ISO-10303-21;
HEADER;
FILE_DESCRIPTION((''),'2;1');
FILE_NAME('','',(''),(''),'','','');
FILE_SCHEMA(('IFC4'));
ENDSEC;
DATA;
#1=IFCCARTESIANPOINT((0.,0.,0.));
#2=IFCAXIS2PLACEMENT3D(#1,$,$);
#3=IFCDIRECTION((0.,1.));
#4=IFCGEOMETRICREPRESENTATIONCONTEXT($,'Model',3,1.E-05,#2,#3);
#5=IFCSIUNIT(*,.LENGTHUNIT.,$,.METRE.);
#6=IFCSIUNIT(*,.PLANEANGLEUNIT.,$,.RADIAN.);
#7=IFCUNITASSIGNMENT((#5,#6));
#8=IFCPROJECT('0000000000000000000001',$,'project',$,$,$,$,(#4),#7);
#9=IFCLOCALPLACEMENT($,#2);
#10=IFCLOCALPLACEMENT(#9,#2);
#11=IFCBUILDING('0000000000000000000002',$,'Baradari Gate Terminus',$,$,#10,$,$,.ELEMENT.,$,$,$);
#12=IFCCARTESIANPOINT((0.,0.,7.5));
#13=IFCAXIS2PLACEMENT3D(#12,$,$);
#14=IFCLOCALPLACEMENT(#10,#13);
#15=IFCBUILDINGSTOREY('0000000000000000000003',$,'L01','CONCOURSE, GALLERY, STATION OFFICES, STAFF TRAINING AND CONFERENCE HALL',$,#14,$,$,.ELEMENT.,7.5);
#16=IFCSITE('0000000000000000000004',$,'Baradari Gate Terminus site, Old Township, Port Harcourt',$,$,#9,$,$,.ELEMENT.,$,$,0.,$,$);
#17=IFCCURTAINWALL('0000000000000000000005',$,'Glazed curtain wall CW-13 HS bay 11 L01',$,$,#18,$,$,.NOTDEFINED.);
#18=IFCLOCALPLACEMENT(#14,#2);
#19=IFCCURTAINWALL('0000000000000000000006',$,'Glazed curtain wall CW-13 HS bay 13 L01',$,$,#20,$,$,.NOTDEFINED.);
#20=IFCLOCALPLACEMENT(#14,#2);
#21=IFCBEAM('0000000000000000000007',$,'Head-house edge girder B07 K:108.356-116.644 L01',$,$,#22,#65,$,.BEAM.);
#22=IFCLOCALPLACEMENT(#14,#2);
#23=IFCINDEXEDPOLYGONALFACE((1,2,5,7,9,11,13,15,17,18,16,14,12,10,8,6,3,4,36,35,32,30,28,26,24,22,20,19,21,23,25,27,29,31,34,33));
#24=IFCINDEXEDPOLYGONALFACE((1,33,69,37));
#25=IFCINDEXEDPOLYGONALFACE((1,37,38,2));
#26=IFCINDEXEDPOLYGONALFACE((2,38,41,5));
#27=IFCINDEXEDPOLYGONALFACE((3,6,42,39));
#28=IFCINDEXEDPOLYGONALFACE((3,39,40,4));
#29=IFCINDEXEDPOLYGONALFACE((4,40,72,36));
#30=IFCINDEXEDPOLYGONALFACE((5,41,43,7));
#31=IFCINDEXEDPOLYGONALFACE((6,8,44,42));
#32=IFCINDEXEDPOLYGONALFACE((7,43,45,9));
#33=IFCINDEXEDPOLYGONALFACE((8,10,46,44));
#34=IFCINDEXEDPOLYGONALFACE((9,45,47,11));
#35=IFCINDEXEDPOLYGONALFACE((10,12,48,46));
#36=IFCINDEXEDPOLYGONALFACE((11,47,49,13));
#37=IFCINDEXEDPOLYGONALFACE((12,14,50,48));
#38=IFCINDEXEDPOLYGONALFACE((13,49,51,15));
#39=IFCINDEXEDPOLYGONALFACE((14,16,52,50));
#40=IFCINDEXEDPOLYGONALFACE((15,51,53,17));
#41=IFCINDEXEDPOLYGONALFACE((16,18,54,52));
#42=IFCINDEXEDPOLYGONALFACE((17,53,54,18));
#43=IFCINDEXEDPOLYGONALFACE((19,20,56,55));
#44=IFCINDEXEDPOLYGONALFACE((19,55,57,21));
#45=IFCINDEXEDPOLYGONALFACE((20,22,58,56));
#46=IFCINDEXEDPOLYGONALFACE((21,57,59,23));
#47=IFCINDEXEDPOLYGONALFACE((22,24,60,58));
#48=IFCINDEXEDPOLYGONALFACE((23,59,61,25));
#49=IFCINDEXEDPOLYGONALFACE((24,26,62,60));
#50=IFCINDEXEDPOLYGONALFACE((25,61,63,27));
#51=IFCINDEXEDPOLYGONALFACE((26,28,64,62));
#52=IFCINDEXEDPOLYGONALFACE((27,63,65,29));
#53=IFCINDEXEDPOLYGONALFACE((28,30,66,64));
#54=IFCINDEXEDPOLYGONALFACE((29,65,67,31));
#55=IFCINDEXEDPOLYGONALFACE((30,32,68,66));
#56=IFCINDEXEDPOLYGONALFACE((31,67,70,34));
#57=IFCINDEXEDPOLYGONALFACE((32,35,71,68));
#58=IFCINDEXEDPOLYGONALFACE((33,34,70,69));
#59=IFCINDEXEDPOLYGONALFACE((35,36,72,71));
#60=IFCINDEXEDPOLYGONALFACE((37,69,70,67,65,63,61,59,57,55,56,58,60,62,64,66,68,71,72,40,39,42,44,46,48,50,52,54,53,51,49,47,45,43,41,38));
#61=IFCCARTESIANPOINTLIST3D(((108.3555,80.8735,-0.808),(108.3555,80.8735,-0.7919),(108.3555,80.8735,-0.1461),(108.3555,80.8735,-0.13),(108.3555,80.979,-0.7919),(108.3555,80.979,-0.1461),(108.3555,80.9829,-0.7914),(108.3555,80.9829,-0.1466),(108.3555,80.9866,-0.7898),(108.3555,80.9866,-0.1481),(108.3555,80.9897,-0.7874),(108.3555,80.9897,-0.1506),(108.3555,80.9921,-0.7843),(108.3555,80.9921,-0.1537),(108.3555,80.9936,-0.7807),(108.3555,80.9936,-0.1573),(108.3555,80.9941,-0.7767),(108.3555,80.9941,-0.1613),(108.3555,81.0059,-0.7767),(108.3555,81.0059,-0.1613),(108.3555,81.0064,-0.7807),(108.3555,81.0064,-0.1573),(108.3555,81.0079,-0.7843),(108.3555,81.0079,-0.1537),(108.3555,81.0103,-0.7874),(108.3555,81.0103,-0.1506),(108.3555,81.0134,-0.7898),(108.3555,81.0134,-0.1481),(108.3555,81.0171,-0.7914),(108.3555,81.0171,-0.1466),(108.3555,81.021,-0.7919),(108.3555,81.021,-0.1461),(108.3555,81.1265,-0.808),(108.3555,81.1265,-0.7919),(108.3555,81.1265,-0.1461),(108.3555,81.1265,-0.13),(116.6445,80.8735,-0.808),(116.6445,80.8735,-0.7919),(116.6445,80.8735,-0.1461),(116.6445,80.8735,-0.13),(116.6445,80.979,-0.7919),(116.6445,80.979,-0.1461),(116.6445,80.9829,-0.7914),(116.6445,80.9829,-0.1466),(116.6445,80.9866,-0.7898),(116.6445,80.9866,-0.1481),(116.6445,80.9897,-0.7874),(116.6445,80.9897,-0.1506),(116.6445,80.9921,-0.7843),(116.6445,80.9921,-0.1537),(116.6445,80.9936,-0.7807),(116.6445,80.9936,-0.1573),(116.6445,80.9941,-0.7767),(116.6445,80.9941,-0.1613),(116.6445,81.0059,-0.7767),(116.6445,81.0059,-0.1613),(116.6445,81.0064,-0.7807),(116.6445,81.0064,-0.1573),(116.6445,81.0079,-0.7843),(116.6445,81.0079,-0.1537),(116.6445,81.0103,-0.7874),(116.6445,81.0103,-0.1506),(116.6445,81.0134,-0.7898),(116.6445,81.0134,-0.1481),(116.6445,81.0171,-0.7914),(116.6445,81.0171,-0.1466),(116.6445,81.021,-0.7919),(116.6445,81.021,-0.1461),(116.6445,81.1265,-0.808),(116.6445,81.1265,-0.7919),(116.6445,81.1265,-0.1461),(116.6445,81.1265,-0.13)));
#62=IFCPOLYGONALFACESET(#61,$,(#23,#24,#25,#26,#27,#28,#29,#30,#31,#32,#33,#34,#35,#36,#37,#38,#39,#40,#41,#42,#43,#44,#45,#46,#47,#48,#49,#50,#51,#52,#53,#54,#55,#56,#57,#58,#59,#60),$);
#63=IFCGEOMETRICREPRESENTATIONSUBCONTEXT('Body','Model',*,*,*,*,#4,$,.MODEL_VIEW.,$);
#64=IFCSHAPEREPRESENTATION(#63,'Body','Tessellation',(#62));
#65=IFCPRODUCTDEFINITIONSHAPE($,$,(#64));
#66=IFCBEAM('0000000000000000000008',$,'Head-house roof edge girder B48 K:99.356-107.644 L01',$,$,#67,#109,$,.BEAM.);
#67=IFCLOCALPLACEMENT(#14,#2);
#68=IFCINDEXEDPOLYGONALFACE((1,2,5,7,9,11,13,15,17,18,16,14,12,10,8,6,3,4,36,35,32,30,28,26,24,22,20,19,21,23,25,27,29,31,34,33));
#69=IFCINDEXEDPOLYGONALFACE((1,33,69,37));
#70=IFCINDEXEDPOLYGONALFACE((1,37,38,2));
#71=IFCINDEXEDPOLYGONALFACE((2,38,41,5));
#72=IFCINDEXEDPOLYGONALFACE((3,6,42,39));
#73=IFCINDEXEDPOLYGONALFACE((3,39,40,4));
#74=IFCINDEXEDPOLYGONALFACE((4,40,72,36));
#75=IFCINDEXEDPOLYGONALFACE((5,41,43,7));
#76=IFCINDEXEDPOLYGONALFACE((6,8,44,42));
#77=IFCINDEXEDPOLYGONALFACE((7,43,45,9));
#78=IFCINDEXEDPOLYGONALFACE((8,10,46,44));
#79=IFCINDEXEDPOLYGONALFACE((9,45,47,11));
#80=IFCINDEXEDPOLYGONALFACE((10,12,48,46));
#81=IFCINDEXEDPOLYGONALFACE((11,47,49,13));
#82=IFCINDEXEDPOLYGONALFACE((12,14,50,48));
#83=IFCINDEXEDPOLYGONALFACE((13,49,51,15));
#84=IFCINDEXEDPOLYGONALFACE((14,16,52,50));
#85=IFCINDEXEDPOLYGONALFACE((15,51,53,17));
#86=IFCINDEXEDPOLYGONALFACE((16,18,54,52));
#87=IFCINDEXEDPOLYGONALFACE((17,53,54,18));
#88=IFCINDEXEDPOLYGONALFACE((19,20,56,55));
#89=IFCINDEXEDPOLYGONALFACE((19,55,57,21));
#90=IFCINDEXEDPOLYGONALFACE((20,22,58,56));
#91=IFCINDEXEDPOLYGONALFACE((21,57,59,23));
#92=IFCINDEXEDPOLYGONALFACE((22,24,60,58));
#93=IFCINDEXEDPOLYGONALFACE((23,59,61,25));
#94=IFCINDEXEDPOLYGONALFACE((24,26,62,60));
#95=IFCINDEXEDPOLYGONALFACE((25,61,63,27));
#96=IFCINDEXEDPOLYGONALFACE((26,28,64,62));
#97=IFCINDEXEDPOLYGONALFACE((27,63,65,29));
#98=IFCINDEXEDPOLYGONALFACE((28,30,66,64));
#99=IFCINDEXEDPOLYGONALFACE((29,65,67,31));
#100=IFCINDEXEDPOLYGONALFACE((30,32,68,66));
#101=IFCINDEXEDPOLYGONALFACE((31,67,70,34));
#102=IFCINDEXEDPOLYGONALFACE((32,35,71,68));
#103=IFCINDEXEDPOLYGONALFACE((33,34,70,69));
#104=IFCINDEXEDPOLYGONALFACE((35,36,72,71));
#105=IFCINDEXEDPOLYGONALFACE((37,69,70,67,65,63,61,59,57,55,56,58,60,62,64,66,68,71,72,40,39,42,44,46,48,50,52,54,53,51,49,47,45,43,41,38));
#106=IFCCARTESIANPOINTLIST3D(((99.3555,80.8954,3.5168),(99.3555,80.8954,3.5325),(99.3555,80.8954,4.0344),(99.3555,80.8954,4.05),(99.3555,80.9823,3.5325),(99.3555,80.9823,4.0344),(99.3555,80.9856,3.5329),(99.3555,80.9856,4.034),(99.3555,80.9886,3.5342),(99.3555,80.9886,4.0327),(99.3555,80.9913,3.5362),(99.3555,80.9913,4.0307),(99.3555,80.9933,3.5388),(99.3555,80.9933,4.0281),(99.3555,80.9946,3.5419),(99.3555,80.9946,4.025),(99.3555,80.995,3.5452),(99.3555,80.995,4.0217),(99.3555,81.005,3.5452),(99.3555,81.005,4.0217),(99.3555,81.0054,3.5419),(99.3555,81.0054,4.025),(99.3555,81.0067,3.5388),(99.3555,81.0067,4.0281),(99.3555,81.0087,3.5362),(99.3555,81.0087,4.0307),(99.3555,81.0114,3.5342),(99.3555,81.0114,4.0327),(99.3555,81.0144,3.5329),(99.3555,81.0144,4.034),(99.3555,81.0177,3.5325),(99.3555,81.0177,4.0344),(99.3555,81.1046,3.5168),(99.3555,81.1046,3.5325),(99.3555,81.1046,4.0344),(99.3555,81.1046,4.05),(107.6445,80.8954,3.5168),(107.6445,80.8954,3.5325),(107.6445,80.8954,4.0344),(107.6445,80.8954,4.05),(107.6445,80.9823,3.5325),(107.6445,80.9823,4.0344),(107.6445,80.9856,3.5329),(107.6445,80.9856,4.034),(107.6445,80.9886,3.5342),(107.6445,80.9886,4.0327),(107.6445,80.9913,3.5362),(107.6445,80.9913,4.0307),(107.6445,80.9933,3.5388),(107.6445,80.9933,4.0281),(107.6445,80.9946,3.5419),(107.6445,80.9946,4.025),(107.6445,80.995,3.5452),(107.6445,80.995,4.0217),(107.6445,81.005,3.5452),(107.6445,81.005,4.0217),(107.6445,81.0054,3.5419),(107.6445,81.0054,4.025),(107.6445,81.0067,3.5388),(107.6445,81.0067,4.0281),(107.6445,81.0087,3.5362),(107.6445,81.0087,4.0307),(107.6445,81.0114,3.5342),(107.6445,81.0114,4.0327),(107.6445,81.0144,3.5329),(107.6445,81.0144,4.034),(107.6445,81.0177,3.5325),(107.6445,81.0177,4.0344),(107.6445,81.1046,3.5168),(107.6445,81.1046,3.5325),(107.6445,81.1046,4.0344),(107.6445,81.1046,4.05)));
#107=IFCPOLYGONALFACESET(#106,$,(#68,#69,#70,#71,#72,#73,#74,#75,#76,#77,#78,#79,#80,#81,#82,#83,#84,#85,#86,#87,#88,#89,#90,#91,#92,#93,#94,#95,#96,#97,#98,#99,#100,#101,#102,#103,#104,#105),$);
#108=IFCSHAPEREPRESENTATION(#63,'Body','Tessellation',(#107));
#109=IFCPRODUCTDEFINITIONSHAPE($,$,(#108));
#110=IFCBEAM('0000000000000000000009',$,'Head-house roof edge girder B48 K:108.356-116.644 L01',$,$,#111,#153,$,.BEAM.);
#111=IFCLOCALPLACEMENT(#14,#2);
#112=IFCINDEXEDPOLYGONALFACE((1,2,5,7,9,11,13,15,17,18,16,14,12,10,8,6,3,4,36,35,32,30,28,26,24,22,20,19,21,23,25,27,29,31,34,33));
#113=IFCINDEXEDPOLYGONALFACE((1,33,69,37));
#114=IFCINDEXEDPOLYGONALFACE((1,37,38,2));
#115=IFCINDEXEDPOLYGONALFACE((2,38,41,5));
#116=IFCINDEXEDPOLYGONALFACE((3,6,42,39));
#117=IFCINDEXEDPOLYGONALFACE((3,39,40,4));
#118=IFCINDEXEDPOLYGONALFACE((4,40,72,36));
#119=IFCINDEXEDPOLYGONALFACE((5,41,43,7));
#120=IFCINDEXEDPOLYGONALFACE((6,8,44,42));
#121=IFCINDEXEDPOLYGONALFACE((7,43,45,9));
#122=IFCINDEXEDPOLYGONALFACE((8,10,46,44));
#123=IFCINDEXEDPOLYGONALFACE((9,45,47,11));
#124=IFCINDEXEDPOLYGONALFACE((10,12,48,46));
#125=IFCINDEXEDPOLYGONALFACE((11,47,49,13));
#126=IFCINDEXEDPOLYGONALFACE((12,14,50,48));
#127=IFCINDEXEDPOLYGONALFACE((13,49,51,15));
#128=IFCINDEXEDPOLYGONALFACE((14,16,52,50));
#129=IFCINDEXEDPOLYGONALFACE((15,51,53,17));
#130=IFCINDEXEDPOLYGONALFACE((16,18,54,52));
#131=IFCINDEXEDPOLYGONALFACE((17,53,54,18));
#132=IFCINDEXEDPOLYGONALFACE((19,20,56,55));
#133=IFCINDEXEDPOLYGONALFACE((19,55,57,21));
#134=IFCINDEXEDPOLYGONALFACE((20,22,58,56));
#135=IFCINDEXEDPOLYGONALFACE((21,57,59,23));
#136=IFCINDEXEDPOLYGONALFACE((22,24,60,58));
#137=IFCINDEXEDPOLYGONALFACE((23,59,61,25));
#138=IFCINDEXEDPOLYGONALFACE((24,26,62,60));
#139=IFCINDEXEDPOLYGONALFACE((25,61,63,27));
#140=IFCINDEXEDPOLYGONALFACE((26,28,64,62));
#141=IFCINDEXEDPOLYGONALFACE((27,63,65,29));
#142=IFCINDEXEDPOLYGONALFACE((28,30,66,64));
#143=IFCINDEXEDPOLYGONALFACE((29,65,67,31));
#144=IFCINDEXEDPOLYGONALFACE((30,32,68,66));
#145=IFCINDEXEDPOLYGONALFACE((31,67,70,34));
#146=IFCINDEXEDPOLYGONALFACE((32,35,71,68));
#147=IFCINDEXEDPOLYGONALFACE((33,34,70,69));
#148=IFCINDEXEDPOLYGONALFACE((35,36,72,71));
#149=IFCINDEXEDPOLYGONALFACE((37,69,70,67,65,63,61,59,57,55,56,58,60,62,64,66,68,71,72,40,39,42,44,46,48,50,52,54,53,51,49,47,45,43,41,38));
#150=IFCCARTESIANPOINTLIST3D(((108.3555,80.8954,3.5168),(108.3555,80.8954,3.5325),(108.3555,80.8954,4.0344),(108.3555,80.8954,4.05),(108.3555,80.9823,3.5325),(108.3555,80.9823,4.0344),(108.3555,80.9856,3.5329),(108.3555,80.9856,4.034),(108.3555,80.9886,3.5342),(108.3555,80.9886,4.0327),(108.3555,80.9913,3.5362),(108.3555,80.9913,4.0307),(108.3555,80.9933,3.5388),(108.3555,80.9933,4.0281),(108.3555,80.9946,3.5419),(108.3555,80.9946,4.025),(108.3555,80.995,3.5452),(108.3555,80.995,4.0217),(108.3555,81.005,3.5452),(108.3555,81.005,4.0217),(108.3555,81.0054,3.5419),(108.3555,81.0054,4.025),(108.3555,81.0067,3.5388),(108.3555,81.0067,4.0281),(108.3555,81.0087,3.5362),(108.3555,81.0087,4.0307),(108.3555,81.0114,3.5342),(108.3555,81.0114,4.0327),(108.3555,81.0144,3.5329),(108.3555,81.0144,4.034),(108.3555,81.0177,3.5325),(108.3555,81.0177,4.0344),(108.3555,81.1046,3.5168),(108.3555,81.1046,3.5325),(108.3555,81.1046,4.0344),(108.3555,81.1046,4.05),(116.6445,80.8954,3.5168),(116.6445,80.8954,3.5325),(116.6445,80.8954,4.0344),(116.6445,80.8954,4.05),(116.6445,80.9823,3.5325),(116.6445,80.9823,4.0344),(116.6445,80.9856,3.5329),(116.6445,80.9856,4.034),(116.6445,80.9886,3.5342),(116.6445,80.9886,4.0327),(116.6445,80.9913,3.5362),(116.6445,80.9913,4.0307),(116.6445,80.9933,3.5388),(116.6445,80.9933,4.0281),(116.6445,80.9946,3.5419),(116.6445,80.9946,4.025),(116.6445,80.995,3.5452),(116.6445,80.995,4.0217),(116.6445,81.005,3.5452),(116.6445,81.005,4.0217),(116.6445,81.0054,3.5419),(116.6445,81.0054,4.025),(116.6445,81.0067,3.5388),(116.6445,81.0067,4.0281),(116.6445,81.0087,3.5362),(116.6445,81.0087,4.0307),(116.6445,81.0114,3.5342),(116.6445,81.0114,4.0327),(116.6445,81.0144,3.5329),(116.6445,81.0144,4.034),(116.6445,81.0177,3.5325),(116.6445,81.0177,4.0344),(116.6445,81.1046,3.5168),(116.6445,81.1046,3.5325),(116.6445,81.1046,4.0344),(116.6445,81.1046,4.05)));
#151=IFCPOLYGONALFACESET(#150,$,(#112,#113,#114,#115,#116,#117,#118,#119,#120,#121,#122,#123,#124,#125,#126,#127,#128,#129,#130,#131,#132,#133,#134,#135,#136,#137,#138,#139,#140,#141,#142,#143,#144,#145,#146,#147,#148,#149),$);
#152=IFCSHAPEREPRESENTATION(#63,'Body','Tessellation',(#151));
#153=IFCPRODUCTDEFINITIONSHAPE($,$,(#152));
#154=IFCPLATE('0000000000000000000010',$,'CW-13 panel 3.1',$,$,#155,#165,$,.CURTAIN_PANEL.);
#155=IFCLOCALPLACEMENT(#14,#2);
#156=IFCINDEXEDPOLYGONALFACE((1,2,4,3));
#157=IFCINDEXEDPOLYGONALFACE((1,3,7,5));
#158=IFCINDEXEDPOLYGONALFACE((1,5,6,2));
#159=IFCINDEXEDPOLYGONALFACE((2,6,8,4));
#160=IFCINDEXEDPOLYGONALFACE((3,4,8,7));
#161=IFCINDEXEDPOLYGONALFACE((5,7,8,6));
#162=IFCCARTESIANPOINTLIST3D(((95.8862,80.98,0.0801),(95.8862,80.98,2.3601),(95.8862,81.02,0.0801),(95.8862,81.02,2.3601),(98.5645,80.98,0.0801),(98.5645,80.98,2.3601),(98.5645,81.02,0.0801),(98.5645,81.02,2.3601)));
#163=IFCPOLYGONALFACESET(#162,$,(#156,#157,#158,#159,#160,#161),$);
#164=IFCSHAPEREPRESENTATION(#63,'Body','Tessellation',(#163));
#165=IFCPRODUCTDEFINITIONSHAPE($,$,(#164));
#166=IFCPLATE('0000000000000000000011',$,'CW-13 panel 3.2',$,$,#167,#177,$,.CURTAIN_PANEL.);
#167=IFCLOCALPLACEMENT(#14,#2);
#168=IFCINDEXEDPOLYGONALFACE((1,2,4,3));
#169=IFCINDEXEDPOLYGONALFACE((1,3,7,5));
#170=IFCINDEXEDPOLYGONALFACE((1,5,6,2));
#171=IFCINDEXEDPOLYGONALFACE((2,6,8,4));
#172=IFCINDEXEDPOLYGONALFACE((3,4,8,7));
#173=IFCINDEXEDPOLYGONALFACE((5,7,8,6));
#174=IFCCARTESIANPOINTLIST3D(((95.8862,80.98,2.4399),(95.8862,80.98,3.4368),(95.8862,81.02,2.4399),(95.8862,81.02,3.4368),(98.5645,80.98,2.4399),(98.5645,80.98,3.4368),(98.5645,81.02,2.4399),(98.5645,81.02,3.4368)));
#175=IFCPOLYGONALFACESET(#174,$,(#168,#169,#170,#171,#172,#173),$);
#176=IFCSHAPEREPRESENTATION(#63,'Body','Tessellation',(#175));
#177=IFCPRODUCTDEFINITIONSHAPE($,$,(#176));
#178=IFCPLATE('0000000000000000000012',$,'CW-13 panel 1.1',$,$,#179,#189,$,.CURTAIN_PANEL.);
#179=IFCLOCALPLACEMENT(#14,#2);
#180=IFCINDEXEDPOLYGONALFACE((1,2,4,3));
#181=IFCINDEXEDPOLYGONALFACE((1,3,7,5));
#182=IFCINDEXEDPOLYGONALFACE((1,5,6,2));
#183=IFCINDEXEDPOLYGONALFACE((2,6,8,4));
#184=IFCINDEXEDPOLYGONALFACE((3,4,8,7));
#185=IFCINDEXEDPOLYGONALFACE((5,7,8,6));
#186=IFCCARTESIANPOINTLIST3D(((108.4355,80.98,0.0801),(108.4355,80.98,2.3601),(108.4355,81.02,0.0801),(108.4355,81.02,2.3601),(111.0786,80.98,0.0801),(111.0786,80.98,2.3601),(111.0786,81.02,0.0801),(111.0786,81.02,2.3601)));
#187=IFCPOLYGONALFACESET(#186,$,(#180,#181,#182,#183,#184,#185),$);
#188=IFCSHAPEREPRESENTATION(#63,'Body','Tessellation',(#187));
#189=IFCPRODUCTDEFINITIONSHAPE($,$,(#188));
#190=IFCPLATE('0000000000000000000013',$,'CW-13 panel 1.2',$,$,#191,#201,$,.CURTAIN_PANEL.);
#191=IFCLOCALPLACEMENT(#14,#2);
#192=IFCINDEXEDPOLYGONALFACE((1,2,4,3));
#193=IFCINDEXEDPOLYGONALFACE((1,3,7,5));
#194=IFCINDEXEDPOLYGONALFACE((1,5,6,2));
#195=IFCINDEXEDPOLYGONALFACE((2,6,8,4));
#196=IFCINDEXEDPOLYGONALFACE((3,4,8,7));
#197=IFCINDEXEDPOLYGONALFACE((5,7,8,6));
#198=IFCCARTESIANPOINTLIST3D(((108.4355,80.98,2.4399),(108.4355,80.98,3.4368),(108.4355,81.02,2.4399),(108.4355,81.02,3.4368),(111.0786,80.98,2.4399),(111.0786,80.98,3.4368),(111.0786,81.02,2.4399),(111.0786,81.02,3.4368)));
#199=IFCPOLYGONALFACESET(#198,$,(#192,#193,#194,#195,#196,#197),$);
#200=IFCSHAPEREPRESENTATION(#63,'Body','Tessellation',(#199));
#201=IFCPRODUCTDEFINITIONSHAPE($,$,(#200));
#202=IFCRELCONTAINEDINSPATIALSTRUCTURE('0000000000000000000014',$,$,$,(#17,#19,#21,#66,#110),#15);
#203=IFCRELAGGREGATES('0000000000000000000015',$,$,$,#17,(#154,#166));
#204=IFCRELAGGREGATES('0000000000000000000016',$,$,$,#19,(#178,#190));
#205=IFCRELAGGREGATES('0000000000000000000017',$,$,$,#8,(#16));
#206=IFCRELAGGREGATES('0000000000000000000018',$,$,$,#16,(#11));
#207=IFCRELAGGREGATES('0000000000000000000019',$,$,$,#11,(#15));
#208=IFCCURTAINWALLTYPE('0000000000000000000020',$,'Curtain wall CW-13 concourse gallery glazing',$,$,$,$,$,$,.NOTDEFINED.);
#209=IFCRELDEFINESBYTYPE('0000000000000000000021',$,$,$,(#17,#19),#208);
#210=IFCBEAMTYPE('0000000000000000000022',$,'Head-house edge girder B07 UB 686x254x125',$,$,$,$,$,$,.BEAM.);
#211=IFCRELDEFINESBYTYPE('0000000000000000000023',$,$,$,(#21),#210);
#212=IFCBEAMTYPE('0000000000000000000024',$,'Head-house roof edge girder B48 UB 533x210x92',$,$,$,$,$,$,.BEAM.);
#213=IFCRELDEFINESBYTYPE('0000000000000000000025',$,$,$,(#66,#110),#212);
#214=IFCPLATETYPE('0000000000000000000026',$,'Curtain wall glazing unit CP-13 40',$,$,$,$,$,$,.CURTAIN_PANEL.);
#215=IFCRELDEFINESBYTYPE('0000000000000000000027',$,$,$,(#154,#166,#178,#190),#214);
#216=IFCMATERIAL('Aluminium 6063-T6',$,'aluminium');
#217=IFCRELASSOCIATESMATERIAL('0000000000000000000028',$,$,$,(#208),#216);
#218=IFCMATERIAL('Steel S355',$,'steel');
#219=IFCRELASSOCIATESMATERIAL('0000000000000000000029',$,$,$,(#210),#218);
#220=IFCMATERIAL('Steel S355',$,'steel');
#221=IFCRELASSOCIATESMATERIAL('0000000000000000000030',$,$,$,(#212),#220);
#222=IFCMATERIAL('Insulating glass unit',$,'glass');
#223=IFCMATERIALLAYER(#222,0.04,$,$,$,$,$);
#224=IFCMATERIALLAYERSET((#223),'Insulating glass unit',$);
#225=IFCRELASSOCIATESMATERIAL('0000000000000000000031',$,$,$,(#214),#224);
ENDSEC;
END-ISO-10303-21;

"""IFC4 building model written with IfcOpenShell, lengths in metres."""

from ifc_helpers import new_model, si_unit, direction, frame, origin, origin_2d, place, context, subcontext, project, spatial, rectangle, i_section, extrude, material, layer, layer_set, material_profile, profile_set, type_object, element, aggregate, save


model = new_model("IFC4")

# Units and contexts
model_context = context("Model", 3, precision=1e-05, world=origin(), true_north=direction((0.0, 1.0)))
body_context = subcontext(model_context, "Body", "Model", "MODEL_VIEW")
ifc_project = project(units=[si_unit("LENGTHUNIT", "METRE"), si_unit("PLANEANGLEUNIT", "RADIAN")], contexts=[model_context])

# Site, building, storey
site_placement = place(None, origin())
site = spatial("IfcSite", under=ifc_project, at=site_placement, Name="Baradari Gate Terminus site, Old Township, Port Harcourt", CompositionType="ELEMENT", RefElevation=0.0)
building_placement = place(site_placement, origin())
building = spatial("IfcBuilding", under=site, at=building_placement, Name="Baradari Gate Terminus", CompositionType="ELEMENT")
storey_placement = place(building_placement, frame((0.0, 0.0, 7.5)))
storey = spatial("IfcBuildingStorey", under=building, at=storey_placement, Name="L01", Description="CONCOURSE, GALLERY, STATION OFFICES, STAFF TRAINING AND CONFERENCE HALL", CompositionType="ELEMENT", Elevation=7.5)

# Curtain walls
ifc_material_1 = material(Name="Aluminium 6063-T6", Category="aluminium")
curtain_wall_type = type_object("IfcCurtainWallType", Name="Curtain wall CW-13 concourse gallery glazing", PredefinedType="NOTDEFINED", material=ifc_material_1)
curtain_wall_1_placement = place(storey_placement, origin())
curtain_wall_1 = element("IfcCurtainWall", 1, at=curtain_wall_1_placement, inside=storey, type_object=curtain_wall_type, Name="Glazed curtain wall CW-13 HS bay 11 L01", PredefinedType="NOTDEFINED")
curtain_wall_2_placement = place(storey_placement, origin())
curtain_wall_2 = element("IfcCurtainWall", 2, at=curtain_wall_2_placement, inside=storey, type_object=curtain_wall_type, Name="Glazed curtain wall CW-13 HS bay 13 L01", PredefinedType="NOTDEFINED")

# Beams
ifc_material_2 = material(Name="Steel S355", Category="steel")
ifc_material_profile_1 = material_profile(ifc_material_2, i_section(OverallWidth=0.2529, OverallDepth=0.678, WebThickness=0.0117, FlangeThickness=0.0161, FilletRadius=0.0151, at=origin_2d()), Name="UB 686x254x125")
ifc_profile_set_1 = profile_set([ifc_material_profile_1], Name="Steel S355")
beam_type_1 = type_object("IfcBeamType", Name="Head-house edge girder B07 UB 686x254x125", PredefinedType="BEAM", material=ifc_profile_set_1)
for number, where, z_axis, x_axis, name in (
    (3, (108.3555, 81.0, -0.469), (1.0, 0.0, 0.0), (0.0, 1.0, 0.0), "Head-house edge girder B07 K:108.356-116.644 L01"),
):
    element("IfcBeam", number, at=place(storey_placement, frame(where, z_axis=z_axis, x_axis=x_axis)), inside=storey, type_object=beam_type_1, Name=name, PredefinedType="BEAM", context=body_context, shape_type="SweptSolid", body=[
        extrude(i_section(OverallWidth=0.2529, OverallDepth=0.678, WebThickness=0.0117, FlangeThickness=0.0161, FilletRadius=0.0151, at=origin_2d()), origin(), (0.0, 0.0, 1.0), 8.2891),
    ])
ifc_material_3 = material(Name="Steel S355", Category="steel")
ifc_material_profile_2 = material_profile(ifc_material_3, i_section(OverallWidth=0.2092, OverallDepth=0.5332, WebThickness=0.01, FlangeThickness=0.0156, FilletRadius=0.0127, at=origin_2d()), Name="UB 533x210x92")
ifc_profile_set_2 = profile_set([ifc_material_profile_2], Name="Steel S355")
beam_type_2 = type_object("IfcBeamType", Name="Head-house roof edge girder B48 UB 533x210x92", PredefinedType="BEAM", material=ifc_profile_set_2)
for number, where, z_axis, x_axis, name in (
    (4, (99.3555, 81.0, 3.7834), (1.0, 0.0, 0.0), (0.0, 1.0, 0.0), "Head-house roof edge girder B48 K:99.356-107.644 L01"),
    (5, (108.3555, 81.0, 3.7834), (1.0, 0.0, 0.0), (0.0, 1.0, 0.0), "Head-house roof edge girder B48 K:108.356-116.644 L01"),
):
    element("IfcBeam", number, at=place(storey_placement, frame(where, z_axis=z_axis, x_axis=x_axis)), inside=storey, type_object=beam_type_2, Name=name, PredefinedType="BEAM", context=body_context, shape_type="SweptSolid", body=[
        extrude(i_section(OverallWidth=0.2092, OverallDepth=0.5332, WebThickness=0.01, FlangeThickness=0.0156, FilletRadius=0.0127, at=origin_2d()), origin(), (0.0, 0.0, 1.0), 8.2891),
    ])

# Plates
ifc_material_4 = material(Name="Insulating glass unit", Category="glass")
ifc_layer_1 = layer(ifc_material_4, 0.04)
ifc_layer_set_1 = layer_set([ifc_layer_1], Name="Insulating glass unit")
plate_type = type_object("IfcPlateType", Name="Curtain wall glazing unit CP-13 40", PredefinedType="CURTAIN_PANEL", material=ifc_layer_set_1)
plate_1_placement = place(storey_placement, frame((97.2253, 81.0, 0.0801), z_axis=(0.0, 0.0, 1.0), x_axis=(1.0, 0.0, 0.0)))
plate_1 = element("IfcPlate", 6, at=plate_1_placement, type_object=plate_type, Name="CW-13 panel 3.1", PredefinedType="CURTAIN_PANEL", context=body_context, shape_type="SweptSolid", body=[
    extrude(rectangle(XDim=2.6782, YDim=0.04, at=origin_2d()), origin(), (0.0, 0.0, 1.0), 2.28),
])
plate_2_placement = place(storey_placement, frame((97.2253, 81.0, 2.4399), z_axis=(0.0, 0.0, 1.0), x_axis=(1.0, 0.0, 0.0)))
plate_2 = element("IfcPlate", 7, at=plate_2_placement, type_object=plate_type, Name="CW-13 panel 3.2", PredefinedType="CURTAIN_PANEL", context=body_context, shape_type="SweptSolid", body=[
    extrude(rectangle(XDim=2.6782, YDim=0.04, at=origin_2d()), origin(), (0.0, 0.0, 1.0), 0.9968),
])
aggregate(curtain_wall_1, [plate_1, plate_2])
plate_3_placement = place(storey_placement, frame((109.7571, 81.0, 0.0801), z_axis=(0.0, 0.0, 1.0), x_axis=(1.0, 0.0, 0.0)))
plate_3 = element("IfcPlate", 8, at=plate_3_placement, type_object=plate_type, Name="CW-13 panel 1.1", PredefinedType="CURTAIN_PANEL", context=body_context, shape_type="SweptSolid", body=[
    extrude(rectangle(XDim=2.6431, YDim=0.04, at=origin_2d()), origin(), (0.0, 0.0, 1.0), 2.28),
])
plate_4_placement = place(storey_placement, frame((109.7571, 81.0, 2.4399), z_axis=(0.0, 0.0, 1.0), x_axis=(1.0, 0.0, 0.0)))
plate_4 = element("IfcPlate", 9, at=plate_4_placement, type_object=plate_type, Name="CW-13 panel 1.2", PredefinedType="CURTAIN_PANEL", context=body_context, shape_type="SweptSolid", body=[
    extrude(rectangle(XDim=2.6431, YDim=0.04, at=origin_2d()), origin(), (0.0, 0.0, 1.0), 0.9968),
])
aggregate(curtain_wall_2, [plate_3, plate_4])

save(model, "model.ifc")
